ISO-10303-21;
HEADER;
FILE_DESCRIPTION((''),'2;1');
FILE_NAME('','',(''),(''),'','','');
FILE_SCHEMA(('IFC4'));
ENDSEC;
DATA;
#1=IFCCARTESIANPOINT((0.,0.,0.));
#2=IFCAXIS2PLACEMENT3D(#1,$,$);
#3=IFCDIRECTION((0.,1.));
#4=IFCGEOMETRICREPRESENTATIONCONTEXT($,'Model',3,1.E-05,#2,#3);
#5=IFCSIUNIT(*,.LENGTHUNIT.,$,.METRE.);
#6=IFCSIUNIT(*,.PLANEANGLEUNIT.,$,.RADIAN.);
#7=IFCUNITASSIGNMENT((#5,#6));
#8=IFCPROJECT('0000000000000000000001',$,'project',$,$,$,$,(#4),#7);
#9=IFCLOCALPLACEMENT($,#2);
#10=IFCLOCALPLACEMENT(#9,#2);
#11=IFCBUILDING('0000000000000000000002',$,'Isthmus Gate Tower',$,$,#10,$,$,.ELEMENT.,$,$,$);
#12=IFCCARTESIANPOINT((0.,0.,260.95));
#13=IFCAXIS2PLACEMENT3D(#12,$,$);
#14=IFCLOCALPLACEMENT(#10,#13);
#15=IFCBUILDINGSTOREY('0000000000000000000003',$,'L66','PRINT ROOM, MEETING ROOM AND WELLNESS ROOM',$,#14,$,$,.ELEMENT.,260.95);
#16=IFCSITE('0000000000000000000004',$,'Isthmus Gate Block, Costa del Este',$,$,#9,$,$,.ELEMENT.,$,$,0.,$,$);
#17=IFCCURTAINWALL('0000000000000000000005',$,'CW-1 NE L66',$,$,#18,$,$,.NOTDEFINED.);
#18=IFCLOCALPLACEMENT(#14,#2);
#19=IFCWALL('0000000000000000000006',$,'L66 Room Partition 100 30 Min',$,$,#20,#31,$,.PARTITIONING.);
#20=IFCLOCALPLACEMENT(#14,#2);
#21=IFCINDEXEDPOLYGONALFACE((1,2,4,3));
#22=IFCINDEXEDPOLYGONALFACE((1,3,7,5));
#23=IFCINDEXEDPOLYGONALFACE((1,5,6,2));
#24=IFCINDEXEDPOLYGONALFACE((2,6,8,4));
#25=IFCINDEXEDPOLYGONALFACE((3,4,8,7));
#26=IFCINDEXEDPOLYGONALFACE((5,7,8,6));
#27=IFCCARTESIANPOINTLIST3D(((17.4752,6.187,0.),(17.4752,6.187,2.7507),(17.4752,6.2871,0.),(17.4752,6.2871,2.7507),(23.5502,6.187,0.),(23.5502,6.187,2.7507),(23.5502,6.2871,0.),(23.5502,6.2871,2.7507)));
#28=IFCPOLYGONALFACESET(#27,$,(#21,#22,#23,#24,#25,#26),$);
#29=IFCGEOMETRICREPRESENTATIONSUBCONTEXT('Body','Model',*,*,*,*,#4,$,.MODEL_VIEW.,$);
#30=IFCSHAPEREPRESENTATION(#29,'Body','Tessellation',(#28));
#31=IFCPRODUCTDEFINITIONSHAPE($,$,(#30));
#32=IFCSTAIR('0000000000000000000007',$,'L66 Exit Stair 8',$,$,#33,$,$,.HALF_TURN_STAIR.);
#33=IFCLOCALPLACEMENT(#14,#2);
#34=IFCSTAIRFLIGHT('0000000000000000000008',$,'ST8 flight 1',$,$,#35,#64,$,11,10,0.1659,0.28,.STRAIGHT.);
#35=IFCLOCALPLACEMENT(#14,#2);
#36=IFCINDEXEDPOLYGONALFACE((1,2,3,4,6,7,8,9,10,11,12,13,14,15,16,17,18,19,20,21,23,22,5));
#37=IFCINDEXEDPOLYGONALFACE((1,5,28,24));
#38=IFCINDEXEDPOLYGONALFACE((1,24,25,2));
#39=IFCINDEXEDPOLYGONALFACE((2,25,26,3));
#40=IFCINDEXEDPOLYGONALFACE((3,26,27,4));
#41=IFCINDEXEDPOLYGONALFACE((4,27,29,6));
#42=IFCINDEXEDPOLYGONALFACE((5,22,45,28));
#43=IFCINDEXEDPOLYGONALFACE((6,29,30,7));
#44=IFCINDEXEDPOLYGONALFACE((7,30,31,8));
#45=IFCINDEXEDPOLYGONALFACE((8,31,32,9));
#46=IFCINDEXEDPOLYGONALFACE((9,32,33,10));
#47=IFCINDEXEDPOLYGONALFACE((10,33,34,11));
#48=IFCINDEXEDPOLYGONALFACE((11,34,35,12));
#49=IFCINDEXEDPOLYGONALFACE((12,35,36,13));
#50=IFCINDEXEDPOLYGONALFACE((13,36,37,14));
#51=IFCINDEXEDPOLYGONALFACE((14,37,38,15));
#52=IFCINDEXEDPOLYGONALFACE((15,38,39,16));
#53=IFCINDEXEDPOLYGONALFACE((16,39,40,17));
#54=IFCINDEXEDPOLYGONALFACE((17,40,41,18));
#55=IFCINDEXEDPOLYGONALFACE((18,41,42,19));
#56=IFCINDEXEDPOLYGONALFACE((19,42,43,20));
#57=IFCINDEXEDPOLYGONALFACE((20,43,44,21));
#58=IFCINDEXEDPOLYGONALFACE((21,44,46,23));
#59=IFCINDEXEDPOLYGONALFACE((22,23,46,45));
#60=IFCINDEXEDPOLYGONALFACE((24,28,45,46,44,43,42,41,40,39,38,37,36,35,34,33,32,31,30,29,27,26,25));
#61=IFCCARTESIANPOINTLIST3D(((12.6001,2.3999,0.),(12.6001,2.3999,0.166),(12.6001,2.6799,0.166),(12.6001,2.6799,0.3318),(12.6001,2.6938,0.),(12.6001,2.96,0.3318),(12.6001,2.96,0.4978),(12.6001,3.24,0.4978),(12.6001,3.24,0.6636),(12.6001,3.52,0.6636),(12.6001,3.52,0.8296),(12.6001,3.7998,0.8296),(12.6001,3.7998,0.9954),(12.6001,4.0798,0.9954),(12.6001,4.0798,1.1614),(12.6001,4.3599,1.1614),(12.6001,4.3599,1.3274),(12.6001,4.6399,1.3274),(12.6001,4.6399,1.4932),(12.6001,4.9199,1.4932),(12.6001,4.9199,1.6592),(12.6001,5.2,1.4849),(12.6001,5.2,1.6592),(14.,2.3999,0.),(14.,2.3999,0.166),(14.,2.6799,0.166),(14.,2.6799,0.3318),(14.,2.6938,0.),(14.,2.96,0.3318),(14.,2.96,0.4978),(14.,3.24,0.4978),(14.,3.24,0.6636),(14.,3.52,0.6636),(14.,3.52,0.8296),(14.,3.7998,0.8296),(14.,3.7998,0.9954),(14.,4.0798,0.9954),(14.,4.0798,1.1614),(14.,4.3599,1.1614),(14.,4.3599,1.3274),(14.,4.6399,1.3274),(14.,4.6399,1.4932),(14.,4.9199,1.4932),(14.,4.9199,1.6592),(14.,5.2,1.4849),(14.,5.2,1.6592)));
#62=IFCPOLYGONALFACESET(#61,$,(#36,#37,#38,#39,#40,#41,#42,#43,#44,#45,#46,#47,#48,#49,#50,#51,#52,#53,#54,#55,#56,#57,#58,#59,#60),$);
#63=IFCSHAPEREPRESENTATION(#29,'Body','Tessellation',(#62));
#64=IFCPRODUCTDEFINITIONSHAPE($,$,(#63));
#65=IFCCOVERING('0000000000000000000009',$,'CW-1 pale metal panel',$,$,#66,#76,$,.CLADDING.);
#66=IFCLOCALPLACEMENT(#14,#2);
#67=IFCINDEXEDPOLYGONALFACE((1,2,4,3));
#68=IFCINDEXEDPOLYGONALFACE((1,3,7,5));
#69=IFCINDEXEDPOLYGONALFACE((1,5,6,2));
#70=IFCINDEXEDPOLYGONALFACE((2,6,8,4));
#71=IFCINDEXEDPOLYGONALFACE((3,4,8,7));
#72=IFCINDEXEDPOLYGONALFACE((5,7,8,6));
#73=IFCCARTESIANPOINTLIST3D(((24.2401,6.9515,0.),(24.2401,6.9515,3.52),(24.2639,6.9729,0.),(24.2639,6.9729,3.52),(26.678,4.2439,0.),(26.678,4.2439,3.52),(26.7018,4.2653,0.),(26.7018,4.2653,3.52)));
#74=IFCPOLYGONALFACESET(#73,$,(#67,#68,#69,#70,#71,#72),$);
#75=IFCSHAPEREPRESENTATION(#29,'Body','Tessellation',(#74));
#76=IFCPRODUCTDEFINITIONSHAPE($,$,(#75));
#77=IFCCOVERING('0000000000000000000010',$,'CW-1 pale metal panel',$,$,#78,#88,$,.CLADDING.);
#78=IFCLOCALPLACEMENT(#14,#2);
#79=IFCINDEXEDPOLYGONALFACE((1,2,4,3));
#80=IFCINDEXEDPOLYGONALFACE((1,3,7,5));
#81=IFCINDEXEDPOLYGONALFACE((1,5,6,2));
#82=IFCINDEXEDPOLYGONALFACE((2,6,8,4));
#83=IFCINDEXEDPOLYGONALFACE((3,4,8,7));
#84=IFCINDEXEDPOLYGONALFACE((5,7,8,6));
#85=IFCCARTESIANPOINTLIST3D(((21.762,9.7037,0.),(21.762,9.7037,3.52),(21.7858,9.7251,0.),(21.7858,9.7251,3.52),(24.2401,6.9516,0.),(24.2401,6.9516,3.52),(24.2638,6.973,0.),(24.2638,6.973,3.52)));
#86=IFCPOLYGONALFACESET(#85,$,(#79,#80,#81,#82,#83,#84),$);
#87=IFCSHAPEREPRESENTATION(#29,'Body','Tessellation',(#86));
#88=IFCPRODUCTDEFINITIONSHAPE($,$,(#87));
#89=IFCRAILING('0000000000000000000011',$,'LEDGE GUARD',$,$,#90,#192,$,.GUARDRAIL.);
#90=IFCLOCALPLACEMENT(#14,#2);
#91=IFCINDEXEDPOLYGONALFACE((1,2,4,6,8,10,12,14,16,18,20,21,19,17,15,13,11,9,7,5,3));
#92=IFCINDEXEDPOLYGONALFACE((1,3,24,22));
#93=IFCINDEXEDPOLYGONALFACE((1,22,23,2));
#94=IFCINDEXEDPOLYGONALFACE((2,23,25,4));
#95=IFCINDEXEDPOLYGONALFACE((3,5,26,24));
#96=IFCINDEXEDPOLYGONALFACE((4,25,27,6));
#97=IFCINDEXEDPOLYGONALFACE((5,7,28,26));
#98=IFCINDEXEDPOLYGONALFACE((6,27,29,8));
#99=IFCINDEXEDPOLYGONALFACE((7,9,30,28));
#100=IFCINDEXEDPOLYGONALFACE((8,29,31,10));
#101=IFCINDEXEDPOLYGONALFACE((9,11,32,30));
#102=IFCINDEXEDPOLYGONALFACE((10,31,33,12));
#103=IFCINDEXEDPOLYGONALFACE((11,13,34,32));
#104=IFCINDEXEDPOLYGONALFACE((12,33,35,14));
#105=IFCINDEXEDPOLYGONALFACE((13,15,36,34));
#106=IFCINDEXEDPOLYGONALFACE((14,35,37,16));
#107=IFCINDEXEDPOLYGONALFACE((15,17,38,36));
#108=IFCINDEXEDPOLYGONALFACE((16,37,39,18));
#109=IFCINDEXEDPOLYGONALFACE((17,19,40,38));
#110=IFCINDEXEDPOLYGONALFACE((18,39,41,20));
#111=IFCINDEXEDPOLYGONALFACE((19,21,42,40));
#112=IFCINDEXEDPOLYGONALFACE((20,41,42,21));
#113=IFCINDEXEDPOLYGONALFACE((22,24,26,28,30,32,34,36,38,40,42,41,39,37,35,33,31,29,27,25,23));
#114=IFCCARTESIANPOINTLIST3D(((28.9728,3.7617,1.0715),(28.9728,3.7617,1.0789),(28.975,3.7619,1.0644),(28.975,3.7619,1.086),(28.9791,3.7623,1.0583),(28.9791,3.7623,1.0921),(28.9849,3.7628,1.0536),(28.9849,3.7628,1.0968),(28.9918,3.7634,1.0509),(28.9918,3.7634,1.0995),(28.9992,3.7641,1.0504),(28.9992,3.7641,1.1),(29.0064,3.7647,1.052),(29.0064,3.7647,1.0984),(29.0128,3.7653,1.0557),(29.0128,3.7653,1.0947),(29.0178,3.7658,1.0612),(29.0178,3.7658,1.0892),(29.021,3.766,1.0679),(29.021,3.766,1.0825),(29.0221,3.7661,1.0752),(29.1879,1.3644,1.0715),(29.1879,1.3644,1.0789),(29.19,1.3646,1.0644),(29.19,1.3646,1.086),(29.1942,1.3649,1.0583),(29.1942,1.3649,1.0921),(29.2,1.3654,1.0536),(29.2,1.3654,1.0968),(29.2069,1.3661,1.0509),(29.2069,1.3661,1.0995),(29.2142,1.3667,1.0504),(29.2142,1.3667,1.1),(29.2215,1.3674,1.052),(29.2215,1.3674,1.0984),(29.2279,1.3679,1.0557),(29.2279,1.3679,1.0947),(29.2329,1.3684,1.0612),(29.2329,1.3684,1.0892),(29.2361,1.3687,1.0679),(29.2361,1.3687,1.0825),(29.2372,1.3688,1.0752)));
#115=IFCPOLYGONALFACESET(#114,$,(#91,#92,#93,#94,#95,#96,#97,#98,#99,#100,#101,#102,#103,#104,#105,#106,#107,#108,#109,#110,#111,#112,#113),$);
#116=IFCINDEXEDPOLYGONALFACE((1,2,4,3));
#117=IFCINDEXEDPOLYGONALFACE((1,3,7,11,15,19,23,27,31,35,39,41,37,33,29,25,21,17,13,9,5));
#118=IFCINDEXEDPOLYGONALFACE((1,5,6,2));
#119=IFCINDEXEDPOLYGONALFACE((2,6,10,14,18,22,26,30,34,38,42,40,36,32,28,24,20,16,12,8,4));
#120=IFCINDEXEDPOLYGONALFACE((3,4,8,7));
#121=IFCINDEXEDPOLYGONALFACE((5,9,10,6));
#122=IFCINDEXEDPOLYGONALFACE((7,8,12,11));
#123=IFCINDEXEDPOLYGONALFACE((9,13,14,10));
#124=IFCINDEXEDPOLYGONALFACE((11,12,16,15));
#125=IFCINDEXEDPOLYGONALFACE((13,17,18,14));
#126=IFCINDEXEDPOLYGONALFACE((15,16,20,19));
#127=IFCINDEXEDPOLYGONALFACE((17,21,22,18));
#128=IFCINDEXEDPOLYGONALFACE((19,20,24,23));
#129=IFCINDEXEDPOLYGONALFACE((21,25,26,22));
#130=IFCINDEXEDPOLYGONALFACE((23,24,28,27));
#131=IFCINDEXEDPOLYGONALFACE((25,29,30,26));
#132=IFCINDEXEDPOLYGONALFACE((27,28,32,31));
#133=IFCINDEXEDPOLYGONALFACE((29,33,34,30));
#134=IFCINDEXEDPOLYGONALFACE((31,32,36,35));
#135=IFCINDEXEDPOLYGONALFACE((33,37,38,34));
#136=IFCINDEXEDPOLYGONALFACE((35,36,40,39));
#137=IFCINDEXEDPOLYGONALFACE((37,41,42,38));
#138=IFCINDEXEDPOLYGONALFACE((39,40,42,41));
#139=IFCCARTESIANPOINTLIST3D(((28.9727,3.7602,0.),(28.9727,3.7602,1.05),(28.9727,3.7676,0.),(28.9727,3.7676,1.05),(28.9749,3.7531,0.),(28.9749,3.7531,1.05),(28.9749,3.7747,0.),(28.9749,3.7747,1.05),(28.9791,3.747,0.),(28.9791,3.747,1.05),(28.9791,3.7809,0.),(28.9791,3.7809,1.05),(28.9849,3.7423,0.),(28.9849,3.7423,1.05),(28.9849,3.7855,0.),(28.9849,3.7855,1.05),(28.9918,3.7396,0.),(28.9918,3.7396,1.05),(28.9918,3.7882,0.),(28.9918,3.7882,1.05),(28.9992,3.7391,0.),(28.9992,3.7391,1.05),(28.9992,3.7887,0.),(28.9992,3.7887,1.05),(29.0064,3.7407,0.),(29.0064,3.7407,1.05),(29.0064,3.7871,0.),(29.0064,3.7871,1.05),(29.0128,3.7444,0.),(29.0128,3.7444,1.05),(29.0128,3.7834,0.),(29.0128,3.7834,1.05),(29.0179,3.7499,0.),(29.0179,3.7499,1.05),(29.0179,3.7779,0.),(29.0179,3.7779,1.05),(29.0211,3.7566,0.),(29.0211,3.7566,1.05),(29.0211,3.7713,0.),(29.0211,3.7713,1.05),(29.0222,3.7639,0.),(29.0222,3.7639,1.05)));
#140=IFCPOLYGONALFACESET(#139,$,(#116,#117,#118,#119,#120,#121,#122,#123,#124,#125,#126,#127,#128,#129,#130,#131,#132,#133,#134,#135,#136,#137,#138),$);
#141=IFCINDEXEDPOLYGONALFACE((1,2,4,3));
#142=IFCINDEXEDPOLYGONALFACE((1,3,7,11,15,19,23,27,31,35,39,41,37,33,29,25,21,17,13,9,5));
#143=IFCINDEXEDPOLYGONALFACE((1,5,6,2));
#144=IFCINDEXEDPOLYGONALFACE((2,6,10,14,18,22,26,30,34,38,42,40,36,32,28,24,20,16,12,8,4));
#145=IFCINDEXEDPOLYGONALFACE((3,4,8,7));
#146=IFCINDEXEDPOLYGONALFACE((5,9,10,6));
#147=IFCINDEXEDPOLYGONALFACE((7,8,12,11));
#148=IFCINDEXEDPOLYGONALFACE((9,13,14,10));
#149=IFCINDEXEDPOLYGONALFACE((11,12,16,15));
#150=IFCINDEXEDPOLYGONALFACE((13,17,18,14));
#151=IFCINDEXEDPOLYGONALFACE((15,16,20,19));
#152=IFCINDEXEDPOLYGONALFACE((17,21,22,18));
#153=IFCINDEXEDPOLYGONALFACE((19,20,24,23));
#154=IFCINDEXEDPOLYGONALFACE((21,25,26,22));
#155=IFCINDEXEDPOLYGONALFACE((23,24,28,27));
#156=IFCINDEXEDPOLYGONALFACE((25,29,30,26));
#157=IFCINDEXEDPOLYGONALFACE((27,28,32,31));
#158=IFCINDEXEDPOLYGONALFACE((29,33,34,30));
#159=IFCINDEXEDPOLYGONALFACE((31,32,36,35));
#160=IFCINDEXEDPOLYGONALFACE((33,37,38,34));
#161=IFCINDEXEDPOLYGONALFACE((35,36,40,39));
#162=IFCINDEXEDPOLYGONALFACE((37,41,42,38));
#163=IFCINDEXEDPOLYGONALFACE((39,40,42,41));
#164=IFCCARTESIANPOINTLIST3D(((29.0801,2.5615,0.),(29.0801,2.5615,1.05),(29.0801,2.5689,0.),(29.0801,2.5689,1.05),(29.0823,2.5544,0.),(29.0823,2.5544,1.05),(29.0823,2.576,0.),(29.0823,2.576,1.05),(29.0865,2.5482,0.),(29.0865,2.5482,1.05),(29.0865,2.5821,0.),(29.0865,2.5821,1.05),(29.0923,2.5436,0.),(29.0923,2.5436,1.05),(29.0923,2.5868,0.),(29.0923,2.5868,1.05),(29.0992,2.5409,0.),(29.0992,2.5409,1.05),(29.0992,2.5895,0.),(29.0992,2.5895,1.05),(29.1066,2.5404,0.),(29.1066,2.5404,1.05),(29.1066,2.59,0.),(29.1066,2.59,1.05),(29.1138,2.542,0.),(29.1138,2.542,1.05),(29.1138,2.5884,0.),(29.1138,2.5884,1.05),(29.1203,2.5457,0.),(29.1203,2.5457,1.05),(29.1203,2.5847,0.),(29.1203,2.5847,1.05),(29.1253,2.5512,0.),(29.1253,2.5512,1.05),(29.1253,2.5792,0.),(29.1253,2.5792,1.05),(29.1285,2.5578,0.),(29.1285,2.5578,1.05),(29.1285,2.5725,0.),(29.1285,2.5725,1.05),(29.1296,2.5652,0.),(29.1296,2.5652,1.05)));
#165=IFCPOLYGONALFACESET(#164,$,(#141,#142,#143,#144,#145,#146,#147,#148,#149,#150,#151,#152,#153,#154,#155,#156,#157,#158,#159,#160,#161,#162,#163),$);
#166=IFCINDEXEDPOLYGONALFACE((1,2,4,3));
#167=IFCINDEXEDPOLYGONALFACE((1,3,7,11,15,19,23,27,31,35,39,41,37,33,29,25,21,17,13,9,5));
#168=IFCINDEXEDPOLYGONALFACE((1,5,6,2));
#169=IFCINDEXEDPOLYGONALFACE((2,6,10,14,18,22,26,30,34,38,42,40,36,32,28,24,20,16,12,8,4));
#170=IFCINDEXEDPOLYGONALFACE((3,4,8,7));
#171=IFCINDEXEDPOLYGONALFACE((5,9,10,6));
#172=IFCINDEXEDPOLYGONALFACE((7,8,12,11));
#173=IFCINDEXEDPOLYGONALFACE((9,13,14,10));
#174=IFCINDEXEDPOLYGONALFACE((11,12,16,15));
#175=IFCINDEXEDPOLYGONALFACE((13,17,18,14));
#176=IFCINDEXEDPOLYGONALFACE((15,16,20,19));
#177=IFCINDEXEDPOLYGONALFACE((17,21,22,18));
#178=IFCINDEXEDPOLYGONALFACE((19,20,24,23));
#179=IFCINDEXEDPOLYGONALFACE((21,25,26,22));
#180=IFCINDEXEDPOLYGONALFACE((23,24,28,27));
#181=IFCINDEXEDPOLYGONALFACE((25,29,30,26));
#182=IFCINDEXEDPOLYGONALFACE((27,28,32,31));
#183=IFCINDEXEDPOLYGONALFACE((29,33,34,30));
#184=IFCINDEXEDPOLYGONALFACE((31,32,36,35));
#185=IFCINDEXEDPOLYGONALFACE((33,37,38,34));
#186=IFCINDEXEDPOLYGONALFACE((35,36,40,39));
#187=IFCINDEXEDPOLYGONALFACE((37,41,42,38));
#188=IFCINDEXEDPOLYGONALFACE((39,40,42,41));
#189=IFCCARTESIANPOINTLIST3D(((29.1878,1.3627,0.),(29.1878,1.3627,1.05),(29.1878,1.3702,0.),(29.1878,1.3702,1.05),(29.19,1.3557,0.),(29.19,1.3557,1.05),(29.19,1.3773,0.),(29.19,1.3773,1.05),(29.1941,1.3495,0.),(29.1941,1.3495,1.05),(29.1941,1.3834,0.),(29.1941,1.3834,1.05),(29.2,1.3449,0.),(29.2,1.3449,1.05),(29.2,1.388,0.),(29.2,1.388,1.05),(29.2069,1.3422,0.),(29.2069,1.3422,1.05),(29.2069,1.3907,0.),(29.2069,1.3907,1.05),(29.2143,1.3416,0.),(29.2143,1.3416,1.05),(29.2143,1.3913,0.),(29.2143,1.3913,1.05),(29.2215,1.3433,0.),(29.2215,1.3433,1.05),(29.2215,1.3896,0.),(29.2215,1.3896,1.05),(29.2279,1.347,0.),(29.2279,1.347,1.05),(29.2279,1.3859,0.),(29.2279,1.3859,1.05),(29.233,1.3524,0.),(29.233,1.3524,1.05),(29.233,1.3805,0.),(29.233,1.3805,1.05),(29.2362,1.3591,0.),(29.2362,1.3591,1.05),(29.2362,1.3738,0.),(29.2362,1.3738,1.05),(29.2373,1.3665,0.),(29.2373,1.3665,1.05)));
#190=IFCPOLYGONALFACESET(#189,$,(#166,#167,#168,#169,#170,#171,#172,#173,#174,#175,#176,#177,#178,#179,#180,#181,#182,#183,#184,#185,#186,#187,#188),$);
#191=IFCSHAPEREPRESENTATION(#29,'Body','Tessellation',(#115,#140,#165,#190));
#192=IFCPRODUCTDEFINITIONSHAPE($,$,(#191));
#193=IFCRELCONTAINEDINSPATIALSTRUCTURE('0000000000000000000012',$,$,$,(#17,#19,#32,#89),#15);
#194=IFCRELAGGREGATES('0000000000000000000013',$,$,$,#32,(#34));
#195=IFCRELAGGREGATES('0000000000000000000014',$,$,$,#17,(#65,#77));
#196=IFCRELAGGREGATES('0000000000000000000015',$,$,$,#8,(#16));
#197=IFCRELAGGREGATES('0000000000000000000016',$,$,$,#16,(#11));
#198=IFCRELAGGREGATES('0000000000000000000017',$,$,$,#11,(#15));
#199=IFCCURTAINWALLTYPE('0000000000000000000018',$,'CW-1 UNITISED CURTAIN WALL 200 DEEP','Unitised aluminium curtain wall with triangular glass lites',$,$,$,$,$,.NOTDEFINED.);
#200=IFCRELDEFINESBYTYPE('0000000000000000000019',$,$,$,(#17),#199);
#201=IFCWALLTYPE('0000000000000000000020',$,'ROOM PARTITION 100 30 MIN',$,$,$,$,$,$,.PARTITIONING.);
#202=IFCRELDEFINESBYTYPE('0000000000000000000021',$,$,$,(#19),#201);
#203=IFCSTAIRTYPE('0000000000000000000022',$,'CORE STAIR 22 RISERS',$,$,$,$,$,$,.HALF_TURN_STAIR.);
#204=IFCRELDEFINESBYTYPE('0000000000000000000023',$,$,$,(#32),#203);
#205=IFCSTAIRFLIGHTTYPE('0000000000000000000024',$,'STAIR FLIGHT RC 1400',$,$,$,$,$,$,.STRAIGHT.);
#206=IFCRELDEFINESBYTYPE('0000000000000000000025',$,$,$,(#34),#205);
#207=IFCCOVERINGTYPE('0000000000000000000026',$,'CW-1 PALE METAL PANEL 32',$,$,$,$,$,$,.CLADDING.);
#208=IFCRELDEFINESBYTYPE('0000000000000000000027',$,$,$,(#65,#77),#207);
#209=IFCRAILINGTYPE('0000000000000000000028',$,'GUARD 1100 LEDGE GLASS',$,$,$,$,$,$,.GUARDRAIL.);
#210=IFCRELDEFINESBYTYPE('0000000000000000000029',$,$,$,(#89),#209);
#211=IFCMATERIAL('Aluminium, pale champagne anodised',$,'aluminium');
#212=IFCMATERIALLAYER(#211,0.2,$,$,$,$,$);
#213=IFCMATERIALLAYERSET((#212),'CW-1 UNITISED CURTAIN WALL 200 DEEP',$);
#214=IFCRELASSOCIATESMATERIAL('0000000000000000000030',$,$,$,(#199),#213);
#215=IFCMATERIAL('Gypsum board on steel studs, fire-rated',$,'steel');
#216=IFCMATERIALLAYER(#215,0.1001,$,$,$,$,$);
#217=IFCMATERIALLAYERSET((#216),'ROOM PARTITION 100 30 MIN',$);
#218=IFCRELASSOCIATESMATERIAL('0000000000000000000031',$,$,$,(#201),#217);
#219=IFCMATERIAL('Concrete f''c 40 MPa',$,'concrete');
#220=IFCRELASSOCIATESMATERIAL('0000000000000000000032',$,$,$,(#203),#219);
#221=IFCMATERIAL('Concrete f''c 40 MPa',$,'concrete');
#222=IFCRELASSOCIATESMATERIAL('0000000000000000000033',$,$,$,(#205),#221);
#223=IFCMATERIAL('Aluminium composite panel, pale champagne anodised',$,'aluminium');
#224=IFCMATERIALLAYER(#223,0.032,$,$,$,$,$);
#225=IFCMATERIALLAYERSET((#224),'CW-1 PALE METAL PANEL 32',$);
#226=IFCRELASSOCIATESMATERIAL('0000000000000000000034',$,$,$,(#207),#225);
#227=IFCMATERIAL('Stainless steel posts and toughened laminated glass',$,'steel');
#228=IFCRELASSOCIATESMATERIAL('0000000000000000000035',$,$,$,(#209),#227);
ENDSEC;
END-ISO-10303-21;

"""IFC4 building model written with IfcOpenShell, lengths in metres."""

from ifc_helpers import new_model, si_unit, direction, frame, frame_2d, origin, origin_2d, place, context, subcontext, project, spatial, polyline, rectangle, circle, outline, extrude, material, layer, layer_set, type_object, element, aggregate, save


model = new_model("IFC4")

# Units and contexts
model_context = context("Model", 3, precision=1e-05, world=origin(), true_north=direction((0.0, 1.0)))
body_context = subcontext(model_context, "Body", "Model", "MODEL_VIEW")
ifc_project = project(units=[si_unit("LENGTHUNIT", "METRE"), si_unit("PLANEANGLEUNIT", "RADIAN")], contexts=[model_context])

# Site, building, storey
site_placement = place(None, origin())
site = spatial("IfcSite", under=ifc_project, at=site_placement, Name="Isthmus Gate Block, Costa del Este", CompositionType="ELEMENT", RefElevation=0.0)
building_placement = place(site_placement, origin())
building = spatial("IfcBuilding", under=site, at=building_placement, Name="Isthmus Gate Tower", CompositionType="ELEMENT")
storey_placement = place(building_placement, frame((0.0, 0.0, 260.95)))
storey = spatial("IfcBuildingStorey", under=building, at=storey_placement, Name="L66", Description="PRINT ROOM, MEETING ROOM AND WELLNESS ROOM", CompositionType="ELEMENT", Elevation=260.95)

# Curtain wall
ifc_material_1 = material(Name="Aluminium, pale champagne anodised", Category="aluminium")
ifc_layer_1 = layer(ifc_material_1, 0.2)
ifc_layer_set_1 = layer_set([ifc_layer_1], Name="CW-1 UNITISED CURTAIN WALL 200 DEEP")
curtain_wall_type = type_object("IfcCurtainWallType", Name="CW-1 UNITISED CURTAIN WALL 200 DEEP", Description="Unitised aluminium curtain wall with triangular glass lites", PredefinedType="NOTDEFINED", material=ifc_layer_set_1)
curtain_wall_1_placement = place(storey_placement, origin())
curtain_wall_1 = element("IfcCurtainWall", 1, at=curtain_wall_1_placement, inside=storey, type_object=curtain_wall_type, Name="CW-1 NE L66", PredefinedType="NOTDEFINED")

# Wall
ifc_material_2 = material(Name="Gypsum board on steel studs, fire-rated", Category="steel")
ifc_layer_2 = layer(ifc_material_2, 0.1001)
ifc_layer_set_2 = layer_set([ifc_layer_2], Name="ROOM PARTITION 100 30 MIN")
wall_type_1 = type_object("IfcWallType", Name="ROOM PARTITION 100 30 MIN", PredefinedType="PARTITIONING", material=ifc_layer_set_2)
wall_1_placement = place(storey_placement, frame((17.4751, 6.2371, 0.0), z_axis=(0.0, 0.0, 1.0), x_axis=(1.0, 0.0, 0.0)))
element("IfcWall", 2, at=wall_1_placement, inside=storey, type_object=wall_type_1, Name="L66 Room Partition 100 30 Min", PredefinedType="PARTITIONING", context=body_context, shape_type="SweptSolid", body=[
    extrude(rectangle(XDim=6.075, YDim=0.1001, at=frame_2d((3.0376, 0.0))), origin(), (0.0, 0.0, 1.0), 2.7507),
])

# Stair, stair flight
ifc_material_3 = material(Name="Concrete f'c 40 MPa", Category="concrete")
stair_type = type_object("IfcStairType", Name="CORE STAIR 22 RISERS", PredefinedType="HALF_TURN_STAIR", material=ifc_material_3)
stair_placement = place(storey_placement, origin())
stair = element("IfcStair", 3, at=stair_placement, inside=storey, type_object=stair_type, Name="L66 Exit Stair 8", PredefinedType="HALF_TURN_STAIR")
ifc_material_4 = material(Name="Concrete f'c 40 MPa", Category="concrete")
stair_flight_type = type_object("IfcStairFlightType", Name="STAIR FLIGHT RC 1400", PredefinedType="STRAIGHT", material=ifc_material_4)
stair_flight_placement = place(storey_placement, frame((13.3, 2.3999, 0.0), z_axis=(0.0, 0.0, 1.0), x_axis=(0.0, 1.0, 0.0)))
stair_flight = element("IfcStairFlight", 4, at=stair_flight_placement, type_object=stair_flight_type, Name="ST8 flight 1", NumberOfRisers=11, NumberOfTreads=10, PredefinedType="STRAIGHT", RiserHeight=0.1659, TreadLength=0.28, context=body_context, shape_type="SweptSolid", body=[
    extrude(outline(polyline([(0.0, 0.0), (0.0, 0.166), (0.28, 0.166), (0.28, 0.3318), (0.5601, 0.3318), (0.5601, 0.4978), (0.8401, 0.4978), (0.8401, 0.6636), (1.1201, 0.6636), (1.1201, 0.8296), (1.3999, 0.8296), (1.3999, 0.9954), (1.6799, 0.9954), (1.6799, 1.1614), (1.96, 1.1614), (1.96, 1.3274), (2.24, 1.3274), (2.24, 1.4932), (2.52, 1.4932), (2.52, 1.6592), (2.8, 1.6592), (2.8, 1.825), (2.8, 1.4849), (0.2939, 0.0), (0.0, 0.0)])), frame((0.0, 0.7, 0.0), z_axis=(0.0, -1.0, 0.0), x_axis=(1.0, 0.0, 0.0)), (0.0, 0.0, 1.0), 1.3999),
])
aggregate(stair, [stair_flight])

# Coverings
ifc_material_5 = material(Name="Aluminium composite panel, pale champagne anodised", Category="aluminium")
ifc_layer_3 = layer(ifc_material_5, 0.032)
ifc_layer_set_3 = layer_set([ifc_layer_3], Name="CW-1 PALE METAL PANEL 32")
covering_type = type_object("IfcCoveringType", Name="CW-1 PALE METAL PANEL 32", PredefinedType="CLADDING", material=ifc_layer_set_3)
covering_1_placement = place(storey_placement, frame((25.4709, 5.6084, 0.0), z_axis=(0.0, 0.0, 1.0), x_axis=(-0.669131, 0.743145, 0.0)))
covering_1 = element("IfcCovering", 5, at=covering_1_placement, type_object=covering_type, Name="CW-1 pale metal panel", PredefinedType="CLADDING", context=body_context, shape_type="SweptSolid", body=[
    extrude(rectangle(XDim=3.6433, YDim=0.032, at=origin_2d()), origin(), (0.0, 0.0, 1.0), 3.52),
])
covering_2_placement = place(storey_placement, frame((23.0129, 8.3384, 0.0), z_axis=(0.0, 0.0, 1.0), x_axis=(-0.669131, 0.743145, 0.0)))
covering_2 = element("IfcCovering", 6, at=covering_2_placement, type_object=covering_type, Name="CW-1 pale metal panel", PredefinedType="CLADDING", context=body_context, shape_type="SweptSolid", body=[
    extrude(rectangle(XDim=3.7034, YDim=0.032, at=origin_2d()), origin(), (0.0, 0.0, 1.0), 3.52),
])
aggregate(curtain_wall_1, [covering_1, covering_2])

# Railing
ifc_material_6 = material(Name="Stainless steel posts and toughened laminated glass", Category="steel")
railing_type_1 = type_object("IfcRailingType", Name="GUARD 1100 LEDGE GLASS", PredefinedType="GUARDRAIL", material=ifc_material_6)
railing_1_placement = place(storey_placement, frame((28.9973, 3.7639, 0.0)))
element("IfcRailing", 7, at=railing_1_placement, inside=storey, type_object=railing_type_1, Name="LEDGE GUARD", PredefinedType="GUARDRAIL", context=body_context, shape_type="SweptSolid", body=[
    extrude(circle(Radius=0.0249, at=origin_2d()), frame((0.0, 0.0, 1.0752), z_axis=(0.089356, -0.996, 0.0), x_axis=(0.996, 0.089356, 0.0)), (0.0, 0.0, 1.0), 2.407),
    extrude(circle(Radius=0.0249, at=origin_2d()), origin(), (0.0, 0.0, 1.0), 1.05),
    extrude(circle(Radius=0.0249, at=origin_2d()), frame((0.1074, -1.1987, 0.0)), (0.0, 0.0, 1.0), 1.05),
    extrude(circle(Radius=0.0249, at=origin_2d()), frame((0.2151, -2.3975, 0.0)), (0.0, 0.0, 1.0), 1.05),
])

save(model, "model.ifc")
